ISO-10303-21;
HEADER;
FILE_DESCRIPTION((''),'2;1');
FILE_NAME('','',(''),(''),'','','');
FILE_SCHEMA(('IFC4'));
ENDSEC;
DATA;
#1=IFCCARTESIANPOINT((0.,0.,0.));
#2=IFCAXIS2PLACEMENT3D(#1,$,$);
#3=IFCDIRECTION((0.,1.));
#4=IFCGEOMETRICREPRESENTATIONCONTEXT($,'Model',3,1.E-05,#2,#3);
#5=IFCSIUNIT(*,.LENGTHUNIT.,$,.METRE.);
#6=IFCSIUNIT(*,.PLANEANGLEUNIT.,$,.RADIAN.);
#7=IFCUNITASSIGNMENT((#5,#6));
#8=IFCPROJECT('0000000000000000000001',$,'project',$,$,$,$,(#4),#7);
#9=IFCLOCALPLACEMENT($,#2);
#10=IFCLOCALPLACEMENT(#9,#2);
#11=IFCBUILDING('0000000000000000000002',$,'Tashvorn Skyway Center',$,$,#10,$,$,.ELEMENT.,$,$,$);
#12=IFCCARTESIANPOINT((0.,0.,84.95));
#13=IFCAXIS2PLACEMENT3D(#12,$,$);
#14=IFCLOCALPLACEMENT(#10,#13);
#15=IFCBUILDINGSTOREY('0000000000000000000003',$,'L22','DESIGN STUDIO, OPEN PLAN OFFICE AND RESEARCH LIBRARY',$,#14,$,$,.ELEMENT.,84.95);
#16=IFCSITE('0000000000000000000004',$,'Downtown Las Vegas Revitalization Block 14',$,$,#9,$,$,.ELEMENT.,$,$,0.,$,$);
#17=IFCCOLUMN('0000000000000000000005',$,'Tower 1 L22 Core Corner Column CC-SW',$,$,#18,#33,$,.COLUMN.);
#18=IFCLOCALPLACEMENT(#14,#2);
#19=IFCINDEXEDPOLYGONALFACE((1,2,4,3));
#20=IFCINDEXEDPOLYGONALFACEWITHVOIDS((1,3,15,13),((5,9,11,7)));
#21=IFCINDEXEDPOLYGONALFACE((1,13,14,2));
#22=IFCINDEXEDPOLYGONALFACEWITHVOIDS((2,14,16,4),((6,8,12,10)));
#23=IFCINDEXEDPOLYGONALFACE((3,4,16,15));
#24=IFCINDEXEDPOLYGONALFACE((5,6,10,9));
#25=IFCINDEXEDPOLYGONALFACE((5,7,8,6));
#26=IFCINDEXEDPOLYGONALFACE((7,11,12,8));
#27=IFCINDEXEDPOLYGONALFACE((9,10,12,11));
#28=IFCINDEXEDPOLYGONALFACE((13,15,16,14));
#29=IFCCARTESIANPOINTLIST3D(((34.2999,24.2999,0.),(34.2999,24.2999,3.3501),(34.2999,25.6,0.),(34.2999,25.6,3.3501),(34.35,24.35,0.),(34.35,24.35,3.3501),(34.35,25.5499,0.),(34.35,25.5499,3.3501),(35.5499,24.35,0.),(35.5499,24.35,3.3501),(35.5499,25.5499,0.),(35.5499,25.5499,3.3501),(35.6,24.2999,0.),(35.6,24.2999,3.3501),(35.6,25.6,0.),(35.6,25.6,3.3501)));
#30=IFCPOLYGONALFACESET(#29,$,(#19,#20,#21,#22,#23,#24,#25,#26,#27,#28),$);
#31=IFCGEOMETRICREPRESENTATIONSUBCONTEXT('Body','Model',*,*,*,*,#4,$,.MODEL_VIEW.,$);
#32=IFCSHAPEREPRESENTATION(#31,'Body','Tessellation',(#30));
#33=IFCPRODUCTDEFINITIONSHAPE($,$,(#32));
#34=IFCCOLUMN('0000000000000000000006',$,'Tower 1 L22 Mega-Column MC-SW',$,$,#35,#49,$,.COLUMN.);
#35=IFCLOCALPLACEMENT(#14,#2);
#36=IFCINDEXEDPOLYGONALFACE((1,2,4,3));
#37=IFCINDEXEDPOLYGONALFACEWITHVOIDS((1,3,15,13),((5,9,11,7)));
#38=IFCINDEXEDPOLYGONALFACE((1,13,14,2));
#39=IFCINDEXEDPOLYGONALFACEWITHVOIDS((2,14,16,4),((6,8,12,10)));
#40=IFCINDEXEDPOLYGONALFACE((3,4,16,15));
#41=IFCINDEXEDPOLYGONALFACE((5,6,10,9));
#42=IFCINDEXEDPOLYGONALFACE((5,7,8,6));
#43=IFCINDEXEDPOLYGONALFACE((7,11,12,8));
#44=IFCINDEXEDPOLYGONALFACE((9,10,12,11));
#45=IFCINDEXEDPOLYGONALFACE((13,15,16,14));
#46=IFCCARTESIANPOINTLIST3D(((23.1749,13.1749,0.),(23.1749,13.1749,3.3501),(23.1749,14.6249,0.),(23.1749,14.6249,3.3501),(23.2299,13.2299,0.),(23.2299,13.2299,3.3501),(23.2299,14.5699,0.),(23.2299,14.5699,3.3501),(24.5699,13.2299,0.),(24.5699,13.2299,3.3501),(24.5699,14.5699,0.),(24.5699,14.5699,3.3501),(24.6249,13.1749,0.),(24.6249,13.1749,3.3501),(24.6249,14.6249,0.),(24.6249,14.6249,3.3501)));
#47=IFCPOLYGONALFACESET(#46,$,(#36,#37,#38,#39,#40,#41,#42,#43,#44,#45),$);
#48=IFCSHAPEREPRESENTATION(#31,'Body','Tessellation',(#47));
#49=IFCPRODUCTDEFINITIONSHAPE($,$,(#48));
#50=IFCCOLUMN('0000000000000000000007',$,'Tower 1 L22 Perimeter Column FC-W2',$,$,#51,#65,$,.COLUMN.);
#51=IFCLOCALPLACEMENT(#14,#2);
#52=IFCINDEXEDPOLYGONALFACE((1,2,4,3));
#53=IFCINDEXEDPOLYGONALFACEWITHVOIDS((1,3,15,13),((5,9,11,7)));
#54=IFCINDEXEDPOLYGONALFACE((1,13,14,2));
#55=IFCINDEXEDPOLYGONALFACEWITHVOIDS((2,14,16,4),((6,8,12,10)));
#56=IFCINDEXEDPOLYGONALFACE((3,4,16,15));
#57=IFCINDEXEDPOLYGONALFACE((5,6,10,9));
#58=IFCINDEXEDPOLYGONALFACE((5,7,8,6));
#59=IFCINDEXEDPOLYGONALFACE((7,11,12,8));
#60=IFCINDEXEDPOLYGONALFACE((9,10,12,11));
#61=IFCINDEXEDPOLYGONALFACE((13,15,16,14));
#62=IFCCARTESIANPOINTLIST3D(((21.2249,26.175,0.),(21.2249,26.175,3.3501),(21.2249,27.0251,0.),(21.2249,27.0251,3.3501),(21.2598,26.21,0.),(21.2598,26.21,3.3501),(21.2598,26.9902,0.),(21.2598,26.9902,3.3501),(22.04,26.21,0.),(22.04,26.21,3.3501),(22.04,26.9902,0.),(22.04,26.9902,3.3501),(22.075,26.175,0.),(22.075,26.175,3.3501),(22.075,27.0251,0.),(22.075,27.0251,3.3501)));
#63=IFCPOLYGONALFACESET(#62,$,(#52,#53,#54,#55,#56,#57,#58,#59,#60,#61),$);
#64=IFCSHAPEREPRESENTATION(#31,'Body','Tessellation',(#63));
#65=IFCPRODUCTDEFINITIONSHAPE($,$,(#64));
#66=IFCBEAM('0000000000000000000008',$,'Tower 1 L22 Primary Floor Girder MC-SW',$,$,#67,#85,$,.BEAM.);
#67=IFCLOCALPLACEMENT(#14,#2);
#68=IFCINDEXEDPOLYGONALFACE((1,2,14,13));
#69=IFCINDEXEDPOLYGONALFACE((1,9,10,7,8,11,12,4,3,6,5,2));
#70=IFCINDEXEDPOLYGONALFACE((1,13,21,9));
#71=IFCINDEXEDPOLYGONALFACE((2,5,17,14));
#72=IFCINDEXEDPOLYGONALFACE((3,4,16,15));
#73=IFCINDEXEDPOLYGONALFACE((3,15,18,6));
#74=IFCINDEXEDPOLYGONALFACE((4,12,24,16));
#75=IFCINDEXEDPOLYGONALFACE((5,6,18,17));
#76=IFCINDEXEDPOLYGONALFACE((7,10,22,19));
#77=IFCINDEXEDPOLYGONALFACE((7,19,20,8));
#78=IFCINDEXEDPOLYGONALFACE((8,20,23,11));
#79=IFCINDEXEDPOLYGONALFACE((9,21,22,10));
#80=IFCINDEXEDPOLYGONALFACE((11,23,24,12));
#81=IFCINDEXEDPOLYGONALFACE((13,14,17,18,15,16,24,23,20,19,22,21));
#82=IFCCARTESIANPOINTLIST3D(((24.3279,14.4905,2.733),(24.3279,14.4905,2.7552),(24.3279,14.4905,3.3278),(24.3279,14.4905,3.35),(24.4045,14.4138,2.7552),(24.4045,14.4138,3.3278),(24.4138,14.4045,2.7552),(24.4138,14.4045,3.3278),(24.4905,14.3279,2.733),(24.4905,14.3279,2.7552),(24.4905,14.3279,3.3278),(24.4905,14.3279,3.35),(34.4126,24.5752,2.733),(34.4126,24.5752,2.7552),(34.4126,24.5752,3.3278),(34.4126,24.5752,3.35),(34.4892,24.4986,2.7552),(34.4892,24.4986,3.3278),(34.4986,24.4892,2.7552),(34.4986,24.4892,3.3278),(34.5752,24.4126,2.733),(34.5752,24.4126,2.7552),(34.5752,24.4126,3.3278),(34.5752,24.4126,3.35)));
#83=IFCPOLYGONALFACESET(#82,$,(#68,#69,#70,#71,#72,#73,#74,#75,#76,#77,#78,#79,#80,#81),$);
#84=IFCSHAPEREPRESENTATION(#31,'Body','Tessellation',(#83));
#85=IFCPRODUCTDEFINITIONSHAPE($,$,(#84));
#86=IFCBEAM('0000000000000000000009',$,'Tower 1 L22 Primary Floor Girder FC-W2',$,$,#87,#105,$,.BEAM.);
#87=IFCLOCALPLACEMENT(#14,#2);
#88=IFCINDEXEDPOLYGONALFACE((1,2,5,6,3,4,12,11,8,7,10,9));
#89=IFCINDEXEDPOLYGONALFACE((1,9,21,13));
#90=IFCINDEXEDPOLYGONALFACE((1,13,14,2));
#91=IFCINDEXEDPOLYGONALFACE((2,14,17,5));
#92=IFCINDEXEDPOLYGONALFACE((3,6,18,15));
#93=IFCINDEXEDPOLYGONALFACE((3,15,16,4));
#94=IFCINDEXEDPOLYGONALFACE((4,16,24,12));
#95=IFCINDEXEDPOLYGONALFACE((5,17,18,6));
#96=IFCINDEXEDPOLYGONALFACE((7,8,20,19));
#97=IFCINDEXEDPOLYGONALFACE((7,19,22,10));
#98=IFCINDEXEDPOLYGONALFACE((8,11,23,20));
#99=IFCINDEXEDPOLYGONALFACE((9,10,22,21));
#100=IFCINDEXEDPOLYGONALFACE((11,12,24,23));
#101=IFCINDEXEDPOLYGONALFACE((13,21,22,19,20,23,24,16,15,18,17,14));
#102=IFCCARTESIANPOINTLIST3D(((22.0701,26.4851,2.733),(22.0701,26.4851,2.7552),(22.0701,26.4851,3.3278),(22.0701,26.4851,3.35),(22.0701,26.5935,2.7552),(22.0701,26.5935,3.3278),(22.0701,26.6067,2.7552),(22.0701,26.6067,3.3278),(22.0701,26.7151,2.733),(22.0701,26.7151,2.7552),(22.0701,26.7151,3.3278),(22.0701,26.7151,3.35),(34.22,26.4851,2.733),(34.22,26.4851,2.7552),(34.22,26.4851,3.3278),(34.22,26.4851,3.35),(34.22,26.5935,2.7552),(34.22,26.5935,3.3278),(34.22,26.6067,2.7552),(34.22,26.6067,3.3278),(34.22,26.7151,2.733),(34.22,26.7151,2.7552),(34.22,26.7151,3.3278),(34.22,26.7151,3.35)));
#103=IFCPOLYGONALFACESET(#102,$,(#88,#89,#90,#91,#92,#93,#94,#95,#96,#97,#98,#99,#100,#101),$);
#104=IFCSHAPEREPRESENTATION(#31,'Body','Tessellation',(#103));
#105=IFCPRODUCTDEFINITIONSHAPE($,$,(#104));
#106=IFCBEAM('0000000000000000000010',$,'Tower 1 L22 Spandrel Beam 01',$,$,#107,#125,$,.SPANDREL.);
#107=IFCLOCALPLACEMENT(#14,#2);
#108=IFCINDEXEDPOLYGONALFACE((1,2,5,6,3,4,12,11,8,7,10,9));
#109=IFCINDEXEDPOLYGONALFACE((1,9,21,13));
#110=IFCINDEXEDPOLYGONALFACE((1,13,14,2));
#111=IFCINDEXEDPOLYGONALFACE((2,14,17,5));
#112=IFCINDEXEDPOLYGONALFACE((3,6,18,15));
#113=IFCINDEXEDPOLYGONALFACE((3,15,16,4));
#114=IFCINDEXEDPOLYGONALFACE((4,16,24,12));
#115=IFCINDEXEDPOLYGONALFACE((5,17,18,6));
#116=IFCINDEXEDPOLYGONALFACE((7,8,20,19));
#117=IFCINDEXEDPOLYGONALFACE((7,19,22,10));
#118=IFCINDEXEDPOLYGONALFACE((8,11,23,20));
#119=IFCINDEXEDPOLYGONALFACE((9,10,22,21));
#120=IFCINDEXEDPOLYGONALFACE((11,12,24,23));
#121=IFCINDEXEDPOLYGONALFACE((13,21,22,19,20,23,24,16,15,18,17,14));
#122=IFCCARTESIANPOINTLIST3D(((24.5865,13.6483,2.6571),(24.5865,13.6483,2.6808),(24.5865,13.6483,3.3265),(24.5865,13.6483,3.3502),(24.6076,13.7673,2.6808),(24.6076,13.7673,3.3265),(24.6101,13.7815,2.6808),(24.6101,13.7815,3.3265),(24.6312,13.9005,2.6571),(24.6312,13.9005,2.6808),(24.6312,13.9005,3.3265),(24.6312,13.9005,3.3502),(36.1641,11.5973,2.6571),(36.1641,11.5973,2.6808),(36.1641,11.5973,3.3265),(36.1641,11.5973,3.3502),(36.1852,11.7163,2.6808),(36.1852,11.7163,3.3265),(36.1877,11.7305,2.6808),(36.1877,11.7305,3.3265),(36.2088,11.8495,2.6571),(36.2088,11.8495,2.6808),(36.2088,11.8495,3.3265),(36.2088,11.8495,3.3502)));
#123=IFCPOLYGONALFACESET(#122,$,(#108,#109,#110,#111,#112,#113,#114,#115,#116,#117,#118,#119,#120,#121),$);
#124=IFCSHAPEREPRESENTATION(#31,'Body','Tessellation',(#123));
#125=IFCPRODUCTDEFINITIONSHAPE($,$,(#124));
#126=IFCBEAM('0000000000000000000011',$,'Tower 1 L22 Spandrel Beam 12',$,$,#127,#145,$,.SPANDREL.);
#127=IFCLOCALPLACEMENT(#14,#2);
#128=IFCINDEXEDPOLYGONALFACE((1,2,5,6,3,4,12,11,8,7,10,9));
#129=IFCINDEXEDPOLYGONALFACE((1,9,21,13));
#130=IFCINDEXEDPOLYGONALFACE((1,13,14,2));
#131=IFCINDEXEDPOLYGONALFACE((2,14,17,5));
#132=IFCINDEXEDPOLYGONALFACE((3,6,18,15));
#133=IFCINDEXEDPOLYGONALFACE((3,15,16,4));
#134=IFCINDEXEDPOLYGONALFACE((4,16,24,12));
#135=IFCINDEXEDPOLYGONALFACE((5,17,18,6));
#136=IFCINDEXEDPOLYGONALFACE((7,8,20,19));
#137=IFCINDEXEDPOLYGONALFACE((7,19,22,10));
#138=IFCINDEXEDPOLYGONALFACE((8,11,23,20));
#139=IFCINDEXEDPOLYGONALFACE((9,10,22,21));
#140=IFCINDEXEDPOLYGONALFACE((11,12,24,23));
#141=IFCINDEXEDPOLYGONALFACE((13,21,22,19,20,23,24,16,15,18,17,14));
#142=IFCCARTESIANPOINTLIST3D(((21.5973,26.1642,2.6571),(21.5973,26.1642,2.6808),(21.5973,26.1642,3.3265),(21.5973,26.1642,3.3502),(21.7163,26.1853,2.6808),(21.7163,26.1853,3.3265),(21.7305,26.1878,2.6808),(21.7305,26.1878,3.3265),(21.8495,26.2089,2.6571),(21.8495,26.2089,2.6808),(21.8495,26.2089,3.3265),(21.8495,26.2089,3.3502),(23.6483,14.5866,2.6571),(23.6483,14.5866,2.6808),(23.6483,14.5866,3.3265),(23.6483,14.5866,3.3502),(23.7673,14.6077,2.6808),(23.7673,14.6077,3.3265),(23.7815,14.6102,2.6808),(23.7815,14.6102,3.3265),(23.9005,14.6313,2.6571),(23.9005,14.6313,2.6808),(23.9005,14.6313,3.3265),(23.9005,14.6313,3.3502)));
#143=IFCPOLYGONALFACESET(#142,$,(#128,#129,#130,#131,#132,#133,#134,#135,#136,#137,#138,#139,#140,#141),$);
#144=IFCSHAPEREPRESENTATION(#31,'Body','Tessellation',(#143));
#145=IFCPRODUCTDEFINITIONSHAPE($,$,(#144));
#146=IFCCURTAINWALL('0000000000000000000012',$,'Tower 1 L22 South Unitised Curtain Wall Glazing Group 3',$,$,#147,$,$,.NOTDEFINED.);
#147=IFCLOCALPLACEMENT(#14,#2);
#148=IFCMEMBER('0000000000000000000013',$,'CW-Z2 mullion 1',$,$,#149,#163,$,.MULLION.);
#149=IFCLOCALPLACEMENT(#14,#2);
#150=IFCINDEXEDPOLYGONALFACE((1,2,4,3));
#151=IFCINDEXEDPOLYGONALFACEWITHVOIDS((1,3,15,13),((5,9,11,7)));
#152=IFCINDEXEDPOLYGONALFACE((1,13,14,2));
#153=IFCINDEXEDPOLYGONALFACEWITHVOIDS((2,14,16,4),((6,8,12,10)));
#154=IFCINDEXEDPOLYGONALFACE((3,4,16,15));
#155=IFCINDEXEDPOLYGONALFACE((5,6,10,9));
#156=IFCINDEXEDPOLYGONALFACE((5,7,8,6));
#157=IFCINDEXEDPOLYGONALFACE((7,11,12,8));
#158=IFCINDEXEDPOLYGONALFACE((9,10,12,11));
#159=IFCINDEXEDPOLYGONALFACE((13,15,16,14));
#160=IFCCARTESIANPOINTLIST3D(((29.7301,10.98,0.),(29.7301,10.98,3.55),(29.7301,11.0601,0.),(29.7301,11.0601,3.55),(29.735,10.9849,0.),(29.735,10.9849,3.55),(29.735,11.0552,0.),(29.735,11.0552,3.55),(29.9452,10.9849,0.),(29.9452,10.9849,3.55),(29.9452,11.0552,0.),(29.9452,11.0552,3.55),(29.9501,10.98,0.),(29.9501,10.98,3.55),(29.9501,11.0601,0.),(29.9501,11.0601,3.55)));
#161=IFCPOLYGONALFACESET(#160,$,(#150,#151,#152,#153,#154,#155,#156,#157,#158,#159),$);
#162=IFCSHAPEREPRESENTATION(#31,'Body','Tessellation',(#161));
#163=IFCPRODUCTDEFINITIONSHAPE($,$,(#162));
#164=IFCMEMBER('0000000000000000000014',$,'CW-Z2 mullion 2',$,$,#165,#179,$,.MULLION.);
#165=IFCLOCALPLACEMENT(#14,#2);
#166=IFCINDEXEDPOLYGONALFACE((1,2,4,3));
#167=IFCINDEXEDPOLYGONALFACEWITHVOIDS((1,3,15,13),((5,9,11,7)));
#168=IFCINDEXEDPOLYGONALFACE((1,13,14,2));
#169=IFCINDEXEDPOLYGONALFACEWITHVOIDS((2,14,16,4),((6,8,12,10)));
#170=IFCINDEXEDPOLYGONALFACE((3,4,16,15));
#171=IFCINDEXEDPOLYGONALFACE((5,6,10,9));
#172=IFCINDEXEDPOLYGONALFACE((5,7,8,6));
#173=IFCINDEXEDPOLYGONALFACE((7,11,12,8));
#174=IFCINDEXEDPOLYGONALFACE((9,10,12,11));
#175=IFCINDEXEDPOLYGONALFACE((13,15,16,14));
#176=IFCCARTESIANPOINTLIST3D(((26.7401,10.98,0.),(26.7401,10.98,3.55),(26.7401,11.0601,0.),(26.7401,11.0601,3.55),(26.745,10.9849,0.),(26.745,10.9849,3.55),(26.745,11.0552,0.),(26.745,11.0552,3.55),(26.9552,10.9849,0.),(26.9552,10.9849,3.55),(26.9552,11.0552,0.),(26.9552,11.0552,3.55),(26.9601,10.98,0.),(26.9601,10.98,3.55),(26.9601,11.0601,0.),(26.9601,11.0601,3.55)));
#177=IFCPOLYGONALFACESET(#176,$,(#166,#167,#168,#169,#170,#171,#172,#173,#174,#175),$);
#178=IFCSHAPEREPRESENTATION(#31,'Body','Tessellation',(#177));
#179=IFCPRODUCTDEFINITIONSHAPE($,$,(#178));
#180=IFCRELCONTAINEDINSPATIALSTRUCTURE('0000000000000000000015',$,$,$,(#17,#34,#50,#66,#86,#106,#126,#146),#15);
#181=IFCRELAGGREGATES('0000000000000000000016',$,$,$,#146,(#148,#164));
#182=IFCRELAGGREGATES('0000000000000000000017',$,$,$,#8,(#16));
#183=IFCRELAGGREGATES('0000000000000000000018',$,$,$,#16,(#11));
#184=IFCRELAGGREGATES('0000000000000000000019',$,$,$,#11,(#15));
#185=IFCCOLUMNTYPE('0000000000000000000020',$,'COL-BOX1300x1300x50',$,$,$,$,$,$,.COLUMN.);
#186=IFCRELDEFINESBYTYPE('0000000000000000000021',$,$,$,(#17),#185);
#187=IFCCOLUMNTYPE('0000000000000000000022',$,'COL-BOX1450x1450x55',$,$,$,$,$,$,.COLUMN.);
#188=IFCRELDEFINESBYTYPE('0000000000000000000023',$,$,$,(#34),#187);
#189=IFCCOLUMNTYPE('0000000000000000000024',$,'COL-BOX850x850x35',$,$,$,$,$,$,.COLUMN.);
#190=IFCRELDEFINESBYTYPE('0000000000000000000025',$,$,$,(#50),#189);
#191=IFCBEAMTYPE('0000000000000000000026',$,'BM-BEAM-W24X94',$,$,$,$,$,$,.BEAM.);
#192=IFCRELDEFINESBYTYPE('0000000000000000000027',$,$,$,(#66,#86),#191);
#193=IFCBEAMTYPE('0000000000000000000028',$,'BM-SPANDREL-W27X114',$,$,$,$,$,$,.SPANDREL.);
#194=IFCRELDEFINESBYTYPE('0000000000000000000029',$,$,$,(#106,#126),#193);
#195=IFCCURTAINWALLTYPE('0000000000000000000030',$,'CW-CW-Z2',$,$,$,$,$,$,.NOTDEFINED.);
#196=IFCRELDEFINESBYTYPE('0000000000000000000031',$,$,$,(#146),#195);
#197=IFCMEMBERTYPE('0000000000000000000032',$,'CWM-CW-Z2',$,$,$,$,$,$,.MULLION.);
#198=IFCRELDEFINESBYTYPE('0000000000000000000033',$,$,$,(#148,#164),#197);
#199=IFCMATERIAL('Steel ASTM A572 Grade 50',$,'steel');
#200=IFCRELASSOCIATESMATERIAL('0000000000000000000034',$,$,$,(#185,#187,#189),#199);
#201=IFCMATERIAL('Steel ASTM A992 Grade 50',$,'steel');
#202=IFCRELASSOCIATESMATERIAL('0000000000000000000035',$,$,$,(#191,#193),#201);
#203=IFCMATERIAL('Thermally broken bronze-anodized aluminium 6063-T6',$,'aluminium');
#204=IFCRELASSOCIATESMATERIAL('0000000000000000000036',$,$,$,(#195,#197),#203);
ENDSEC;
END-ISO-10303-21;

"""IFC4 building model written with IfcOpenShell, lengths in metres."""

from ifc_helpers import new_model, si_unit, direction, frame, origin, origin_2d, place, context, subcontext, project, spatial, hollow_rectangle, i_section, extrude, material, material_profile, profile_set, type_object, element, aggregate, save


model = new_model("IFC4")

# Units and contexts
model_context = context("Model", 3, precision=1e-05, world=origin(), true_north=direction((0.0, 1.0)))
body_context = subcontext(model_context, "Body", "Model", "MODEL_VIEW")
ifc_project = project(units=[si_unit("LENGTHUNIT", "METRE"), si_unit("PLANEANGLEUNIT", "RADIAN")], contexts=[model_context])

# Site, building, storey
site_placement = place(None, origin())
site = spatial("IfcSite", under=ifc_project, at=site_placement, Name="Downtown Las Vegas Revitalization Block 14", CompositionType="ELEMENT", RefElevation=0.0)
building_placement = place(site_placement, origin())
building = spatial("IfcBuilding", under=site, at=building_placement, Name="Tashvorn Skyway Center", CompositionType="ELEMENT")
storey_placement = place(building_placement, frame((0.0, 0.0, 84.95)))
storey = spatial("IfcBuildingStorey", under=building, at=storey_placement, Name="L22", Description="DESIGN STUDIO, OPEN PLAN OFFICE AND RESEARCH LIBRARY", CompositionType="ELEMENT", Elevation=84.95)

# Columns
ifc_material_1 = material(Name="Steel ASTM A572 Grade 50", Category="steel")
ifc_material_profile_1 = material_profile(ifc_material_1, hollow_rectangle(XDim=1.3, YDim=1.3, WallThickness=0.05, at=origin_2d()), Name="BOX1300x1300x50")
ifc_profile_set_1 = profile_set([ifc_material_profile_1], Name="Steel ASTM A572 Grade 50")
column_type_1 = type_object("IfcColumnType", Name="COL-BOX1300x1300x50", PredefinedType="COLUMN", material=ifc_profile_set_1)
column_1_placement = place(storey_placement, frame((34.95, 24.95, 0.0), z_axis=(0.0, 0.0, 1.0), x_axis=(1.0, 0.0, 0.0)))
element("IfcColumn", 1, at=column_1_placement, inside=storey, type_object=column_type_1, Name="Tower 1 L22 Core Corner Column CC-SW", PredefinedType="COLUMN", context=body_context, shape_type="SweptSolid", body=[
    extrude(hollow_rectangle(XDim=1.3, YDim=1.3, WallThickness=0.05, at=origin_2d()), origin(), (0.0, 0.0, 1.0), 3.3501),
])
ifc_material_profile_2 = material_profile(ifc_material_1, hollow_rectangle(XDim=1.45, YDim=1.45, WallThickness=0.0549, at=origin_2d()), Name="BOX1450x1450x55")
ifc_profile_set_2 = profile_set([ifc_material_profile_2], Name="Steel ASTM A572 Grade 50")
column_type_2 = type_object("IfcColumnType", Name="COL-BOX1450x1450x55", PredefinedType="COLUMN", material=ifc_profile_set_2)
column_2_placement = place(storey_placement, frame((23.8999, 13.8999, 0.0), z_axis=(0.0, 0.0, 1.0), x_axis=(1.0, 0.0, 0.0)))
element("IfcColumn", 2, at=column_2_placement, inside=storey, type_object=column_type_2, Name="Tower 1 L22 Mega-Column MC-SW", PredefinedType="COLUMN", context=body_context, shape_type="SweptSolid", body=[
    extrude(hollow_rectangle(XDim=1.45, YDim=1.45, WallThickness=0.0549, at=origin_2d()), origin(), (0.0, 0.0, 1.0), 3.3501),
])
ifc_material_profile_3 = material_profile(ifc_material_1, hollow_rectangle(XDim=0.8501, YDim=0.8501, WallThickness=0.0349, at=origin_2d()), Name="BOX850x850x35")
ifc_profile_set_3 = profile_set([ifc_material_profile_3], Name="Steel ASTM A572 Grade 50")
column_type_3 = type_object("IfcColumnType", Name="COL-BOX850x850x35", PredefinedType="COLUMN", material=ifc_profile_set_3)
column_3_placement = place(storey_placement, frame((21.6499, 26.6001, 0.0), z_axis=(0.0, 0.0, 1.0), x_axis=(1.0, 0.0, 0.0)))
element("IfcColumn", 3, at=column_3_placement, inside=storey, type_object=column_type_3, Name="Tower 1 L22 Perimeter Column FC-W2", PredefinedType="COLUMN", context=body_context, shape_type="SweptSolid", body=[
    extrude(hollow_rectangle(XDim=0.8501, YDim=0.8501, WallThickness=0.0349, at=origin_2d()), origin(), (0.0, 0.0, 1.0), 3.3501),
])

# Beams
ifc_material_2 = material(Name="Steel ASTM A992 Grade 50", Category="steel")
ifc_material_profile_4 = material_profile(ifc_material_2, i_section(OverallWidth=0.23, OverallDepth=0.6169, WebThickness=0.0132, FlangeThickness=0.0222, at=origin_2d()), Name="W24X94")
ifc_profile_set_4 = profile_set([ifc_material_profile_4], Name="Steel ASTM A992 Grade 50")
beam_type_1 = type_object("IfcBeamType", Name="BM-BEAM-W24X94", PredefinedType="BEAM", material=ifc_profile_set_4)
beam_1_placement = place(storey_placement, frame((24.4092, 14.4092, 3.0415), z_axis=(0.707107, 0.707107, 0.0), x_axis=(-0.707107, 0.707107, 0.0)))
element("IfcBeam", 4, at=beam_1_placement, inside=storey, type_object=beam_type_1, Name="Tower 1 L22 Primary Floor Girder MC-SW", PredefinedType="BEAM", context=body_context, shape_type="SweptSolid", body=[
    extrude(i_section(OverallWidth=0.23, OverallDepth=0.6169, WebThickness=0.0132, FlangeThickness=0.0222, at=origin_2d()), origin(), (0.0, 0.0, 1.0), 14.262),
])
beam_2_placement = place(storey_placement, frame((22.0701, 26.6001, 3.0415), z_axis=(1.0, 0.0, 0.0), x_axis=(0.0, 1.0, 0.0)))
element("IfcBeam", 5, at=beam_2_placement, inside=storey, type_object=beam_type_1, Name="Tower 1 L22 Primary Floor Girder FC-W2", PredefinedType="BEAM", context=body_context, shape_type="SweptSolid", body=[
    extrude(i_section(OverallWidth=0.23, OverallDepth=0.6169, WebThickness=0.0132, FlangeThickness=0.0222, at=origin_2d()), origin(), (0.0, 0.0, 1.0), 12.1499),
])
ifc_material_profile_5 = material_profile(ifc_material_2, i_section(OverallWidth=0.2561, OverallDepth=0.6931, WebThickness=0.0144, FlangeThickness=0.0237, at=origin_2d()), Name="W27X114")
ifc_profile_set_5 = profile_set([ifc_material_profile_5], Name="Steel ASTM A992 Grade 50")
beam_type_2 = type_object("IfcBeamType", Name="BM-SPANDREL-W27X114", PredefinedType="SPANDREL", material=ifc_profile_set_5)
for number, where, z_axis, x_axis, name in (
    (6, (24.6089, 13.7744, 3.0037), (0.984668, -0.174438, 0.0), (0.174438, 0.984668, 0.0), "Tower 1 L22 Spandrel Beam 01"),
    (7, (21.7234, 26.1865, 3.0037), (0.174438, -0.984668, 0.0), (0.984668, 0.174438, 0.0), "Tower 1 L22 Spandrel Beam 12"),
):
    element("IfcBeam", number, at=place(storey_placement, frame(where, z_axis=z_axis, x_axis=x_axis)), inside=storey, type_object=beam_type_2, Name=name, PredefinedType="SPANDREL", context=body_context, shape_type="SweptSolid", body=[
        extrude(i_section(OverallWidth=0.2561, OverallDepth=0.6931, WebThickness=0.0144, FlangeThickness=0.0237, at=origin_2d()), origin(), (0.0, 0.0, 1.0), 11.7578),
    ])

# Curtain wall, members
ifc_material_3 = material(Name="Thermally broken bronze-anodized aluminium 6063-T6", Category="aluminium")
curtain_wall_type = type_object("IfcCurtainWallType", Name="CW-CW-Z2", PredefinedType="NOTDEFINED", material=ifc_material_3)
curtain_wall_1_placement = place(storey_placement, origin())
curtain_wall_1 = element("IfcCurtainWall", 8, at=curtain_wall_1_placement, inside=storey, type_object=curtain_wall_type, Name="Tower 1 L22 South Unitised Curtain Wall Glazing Group 3", PredefinedType="NOTDEFINED")
ifc_material_profile_6 = material_profile(ifc_material_3, hollow_rectangle(XDim=0.0801, YDim=0.22, WallThickness=0.0049, at=origin_2d()), Name="ALU-MULL-80x220")
ifc_profile_set_6 = profile_set([ifc_material_profile_6], Name="Thermally broken bronze-anodized aluminium 6063-T6")
member_type_1 = type_object("IfcMemberType", Name="CWM-CW-Z2", PredefinedType="MULLION", material=ifc_profile_set_6)
member_1_placement = place(storey_placement, frame((29.8401, 11.02, 0.0), z_axis=(0.0, 0.0, 1.0), x_axis=(0.0, -1.0, 0.0)))
member_1 = element("IfcMember", 9, at=member_1_placement, type_object=member_type_1, Name="CW-Z2 mullion 1", PredefinedType="MULLION", context=body_context, shape_type="SweptSolid", body=[
    extrude(hollow_rectangle(XDim=0.0801, YDim=0.22, WallThickness=0.0049, at=origin_2d()), origin(), (0.0, 0.0, 1.0), 3.55),
])
member_2_placement = place(storey_placement, frame((26.8501, 11.02, 0.0), z_axis=(0.0, 0.0, 1.0), x_axis=(0.0, -1.0, 0.0)))
member_2 = element("IfcMember", 10, at=member_2_placement, type_object=member_type_1, Name="CW-Z2 mullion 2", PredefinedType="MULLION", context=body_context, shape_type="SweptSolid", body=[
    extrude(hollow_rectangle(XDim=0.0801, YDim=0.22, WallThickness=0.0049, at=origin_2d()), origin(), (0.0, 0.0, 1.0), 3.55),
])

aggregate(curtain_wall_1, [member_1, member_2])

save(model, "model.ifc")
